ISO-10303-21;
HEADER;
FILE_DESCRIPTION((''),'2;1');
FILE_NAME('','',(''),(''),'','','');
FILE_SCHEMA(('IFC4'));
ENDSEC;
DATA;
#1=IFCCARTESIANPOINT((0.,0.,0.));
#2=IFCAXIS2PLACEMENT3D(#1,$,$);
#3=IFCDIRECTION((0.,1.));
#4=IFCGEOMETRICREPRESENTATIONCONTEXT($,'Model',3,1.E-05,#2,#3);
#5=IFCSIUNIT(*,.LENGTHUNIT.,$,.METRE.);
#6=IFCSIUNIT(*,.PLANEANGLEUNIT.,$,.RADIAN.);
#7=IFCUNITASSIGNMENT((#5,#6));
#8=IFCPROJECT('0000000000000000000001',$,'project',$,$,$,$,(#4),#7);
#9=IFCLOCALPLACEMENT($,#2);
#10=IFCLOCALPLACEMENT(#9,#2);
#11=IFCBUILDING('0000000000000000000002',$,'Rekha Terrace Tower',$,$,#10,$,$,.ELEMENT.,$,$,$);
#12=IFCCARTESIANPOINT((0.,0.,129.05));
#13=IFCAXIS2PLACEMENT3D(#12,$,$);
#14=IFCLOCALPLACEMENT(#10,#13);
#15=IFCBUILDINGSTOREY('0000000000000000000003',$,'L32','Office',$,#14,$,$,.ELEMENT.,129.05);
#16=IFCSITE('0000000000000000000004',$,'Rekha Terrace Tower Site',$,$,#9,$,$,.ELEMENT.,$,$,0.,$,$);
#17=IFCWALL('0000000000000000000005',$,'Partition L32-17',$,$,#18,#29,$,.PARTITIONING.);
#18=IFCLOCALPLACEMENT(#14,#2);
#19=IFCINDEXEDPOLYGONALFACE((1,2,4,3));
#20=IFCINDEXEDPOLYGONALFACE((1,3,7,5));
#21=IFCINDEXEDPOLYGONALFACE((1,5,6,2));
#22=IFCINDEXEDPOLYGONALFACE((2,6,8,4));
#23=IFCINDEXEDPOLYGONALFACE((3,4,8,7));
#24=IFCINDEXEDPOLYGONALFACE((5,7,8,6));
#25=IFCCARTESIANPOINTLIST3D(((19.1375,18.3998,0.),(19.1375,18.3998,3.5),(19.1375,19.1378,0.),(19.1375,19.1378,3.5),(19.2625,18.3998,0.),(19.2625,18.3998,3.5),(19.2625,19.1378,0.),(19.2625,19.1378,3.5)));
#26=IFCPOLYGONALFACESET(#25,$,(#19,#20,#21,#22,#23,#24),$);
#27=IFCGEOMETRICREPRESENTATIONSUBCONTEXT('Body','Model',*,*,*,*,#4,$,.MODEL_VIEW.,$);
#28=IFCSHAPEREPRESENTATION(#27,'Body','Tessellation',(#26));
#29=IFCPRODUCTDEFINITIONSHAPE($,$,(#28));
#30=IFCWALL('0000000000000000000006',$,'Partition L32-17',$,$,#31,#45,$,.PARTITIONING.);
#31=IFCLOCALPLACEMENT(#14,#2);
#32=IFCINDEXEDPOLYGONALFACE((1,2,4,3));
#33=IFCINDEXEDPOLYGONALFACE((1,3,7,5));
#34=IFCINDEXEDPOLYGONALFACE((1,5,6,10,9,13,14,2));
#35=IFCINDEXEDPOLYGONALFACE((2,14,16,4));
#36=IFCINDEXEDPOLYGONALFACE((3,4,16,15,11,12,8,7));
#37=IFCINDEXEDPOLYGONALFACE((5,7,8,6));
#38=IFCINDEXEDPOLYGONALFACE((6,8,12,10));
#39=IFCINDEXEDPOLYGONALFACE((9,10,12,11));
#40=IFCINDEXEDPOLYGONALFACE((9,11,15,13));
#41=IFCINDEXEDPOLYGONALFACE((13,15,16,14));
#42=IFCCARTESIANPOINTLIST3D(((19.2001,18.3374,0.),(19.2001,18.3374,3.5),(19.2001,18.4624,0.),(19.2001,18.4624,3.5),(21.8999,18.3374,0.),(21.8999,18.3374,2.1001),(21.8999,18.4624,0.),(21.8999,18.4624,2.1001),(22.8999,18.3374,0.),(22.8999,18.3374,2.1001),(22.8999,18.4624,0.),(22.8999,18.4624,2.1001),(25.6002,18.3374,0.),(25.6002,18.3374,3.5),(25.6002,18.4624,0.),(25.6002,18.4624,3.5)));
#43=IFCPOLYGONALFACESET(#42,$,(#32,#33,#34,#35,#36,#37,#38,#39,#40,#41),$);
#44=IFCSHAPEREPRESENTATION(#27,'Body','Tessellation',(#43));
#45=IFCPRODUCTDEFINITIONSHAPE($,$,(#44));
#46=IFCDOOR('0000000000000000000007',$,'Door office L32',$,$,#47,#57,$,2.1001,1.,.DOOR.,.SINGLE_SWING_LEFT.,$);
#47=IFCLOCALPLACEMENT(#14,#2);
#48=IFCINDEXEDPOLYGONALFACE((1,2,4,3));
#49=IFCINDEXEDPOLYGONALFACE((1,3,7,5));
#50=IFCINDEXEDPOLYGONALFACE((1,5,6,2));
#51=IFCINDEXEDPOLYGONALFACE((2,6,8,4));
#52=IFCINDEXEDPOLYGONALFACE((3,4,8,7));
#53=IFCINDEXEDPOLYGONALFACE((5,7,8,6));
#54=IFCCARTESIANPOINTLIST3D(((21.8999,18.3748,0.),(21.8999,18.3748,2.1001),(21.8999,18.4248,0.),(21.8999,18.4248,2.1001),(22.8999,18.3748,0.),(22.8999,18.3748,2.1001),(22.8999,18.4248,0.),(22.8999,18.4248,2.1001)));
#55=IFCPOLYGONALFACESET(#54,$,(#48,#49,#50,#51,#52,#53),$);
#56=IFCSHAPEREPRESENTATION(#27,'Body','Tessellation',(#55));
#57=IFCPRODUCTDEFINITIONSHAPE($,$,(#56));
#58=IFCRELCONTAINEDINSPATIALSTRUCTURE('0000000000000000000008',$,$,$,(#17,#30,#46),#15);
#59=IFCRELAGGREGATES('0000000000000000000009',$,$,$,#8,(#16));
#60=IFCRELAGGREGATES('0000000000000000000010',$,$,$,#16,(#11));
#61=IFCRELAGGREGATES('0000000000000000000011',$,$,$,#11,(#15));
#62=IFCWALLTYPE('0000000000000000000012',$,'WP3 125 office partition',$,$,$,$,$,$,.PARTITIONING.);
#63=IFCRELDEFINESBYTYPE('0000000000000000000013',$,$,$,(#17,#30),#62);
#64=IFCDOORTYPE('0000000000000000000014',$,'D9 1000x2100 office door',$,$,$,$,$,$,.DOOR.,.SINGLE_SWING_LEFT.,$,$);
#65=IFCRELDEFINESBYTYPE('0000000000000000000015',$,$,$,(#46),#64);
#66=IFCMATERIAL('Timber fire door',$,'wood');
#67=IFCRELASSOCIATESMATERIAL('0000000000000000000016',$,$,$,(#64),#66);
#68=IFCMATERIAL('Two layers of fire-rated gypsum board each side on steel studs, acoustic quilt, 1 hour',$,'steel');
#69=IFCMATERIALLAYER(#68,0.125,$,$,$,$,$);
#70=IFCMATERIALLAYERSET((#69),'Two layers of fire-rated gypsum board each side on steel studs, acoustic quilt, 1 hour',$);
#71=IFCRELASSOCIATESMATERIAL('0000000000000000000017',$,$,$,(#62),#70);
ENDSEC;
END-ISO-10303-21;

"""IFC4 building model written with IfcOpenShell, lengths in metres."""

from ifc_helpers import new_model, si_unit, direction, frame, frame_2d, origin, place, context, subcontext, project, spatial, rectangle, extrude, material, layer, layer_set, type_object, element, fill, save


model = new_model("IFC4")

# Units and contexts
model_context = context("Model", 3, precision=1e-05, world=origin(), true_north=direction((0.0, 1.0)))
body_context = subcontext(model_context, "Body", "Model", "MODEL_VIEW")
ifc_project = project(units=[si_unit("LENGTHUNIT", "METRE"), si_unit("PLANEANGLEUNIT", "RADIAN")], contexts=[model_context])

# Site, building, storey
site_placement = place(None, origin())
site = spatial("IfcSite", under=ifc_project, at=site_placement, Name="Rekha Terrace Tower Site", CompositionType="ELEMENT", RefElevation=0.0)
building_placement = place(site_placement, origin())
building = spatial("IfcBuilding", under=site, at=building_placement, Name="Rekha Terrace Tower", CompositionType="ELEMENT")
storey_placement = place(building_placement, frame((0.0, 0.0, 129.05)))
storey = spatial("IfcBuildingStorey", under=building, at=storey_placement, Name="L32", Description="Office", CompositionType="ELEMENT", Elevation=129.05)

# Shared definitions
ifc_material_1 = material(Name="Timber fire door", Category="wood")
door_type = type_object("IfcDoorType", Name="D9 1000x2100 office door", OperationType="SINGLE_SWING_LEFT", PredefinedType="DOOR", material=ifc_material_1)

# Wall
ifc_material_2 = material(Name="Two layers of fire-rated gypsum board each side on steel studs, acoustic quilt, 1 hour", Category="steel")
ifc_layer_1 = layer(ifc_material_2, 0.125)
ifc_layer_set_1 = layer_set([ifc_layer_1], Name="Two layers of fire-rated gypsum board each side on steel studs, acoustic quilt, 1 hour")
wall_type_1 = type_object("IfcWallType", Name="WP3 125 office partition", PredefinedType="PARTITIONING", material=ifc_layer_set_1)
wall_1_placement = place(storey_placement, frame((19.2, 19.1379, 0.0), z_axis=(0.0, 0.0, 1.0), x_axis=(0.0, -1.0, 0.0)))
element("IfcWall", 1, at=wall_1_placement, inside=storey, type_object=wall_type_1, Name="Partition L32-17", PredefinedType="PARTITIONING", context=body_context, shape_type="SweptSolid", body=[
    extrude(rectangle(XDim=0.738, YDim=0.125, at=frame_2d((0.3691, 0.0))), origin(), (0.0, 0.0, 1.0), 3.5),
])

# Wall, opening, door
wall_2_placement = place(storey_placement, frame((19.2, 18.3999, 0.0), z_axis=(0.0, 0.0, 1.0), x_axis=(1.0, 0.0, 0.0)))
wall_2 = element("IfcWall", 2, at=wall_2_placement, inside=storey, type_object=wall_type_1, Name="Partition L32-17", PredefinedType="PARTITIONING", context=body_context, shape_type="SweptSolid", body=[
    extrude(rectangle(XDim=6.4001, YDim=0.125, at=frame_2d((3.2002, 0.0))), origin(), (0.0, 0.0, 1.0), 3.5),
])
opening_1_placement = place(wall_2_placement, frame((2.7, 0.0, 0.0)))
opening_1 = element("IfcOpeningElement", 3, at=opening_1_placement, cuts=wall_2, PredefinedType="OPENING", context=body_context, shape_type="SweptSolid", body=[
    extrude(rectangle(XDim=1.0, YDim=2.1001, at=frame_2d((0.5, 1.05))), frame((0.0, 0.0725, 0.0), z_axis=(0.0, -1.0, 0.0), x_axis=(1.0, 0.0, 0.0)), (0.0, 0.0, 1.0), 0.145),
])
door_1_placement = place(opening_1_placement, origin())
door_1 = element("IfcDoor", 4, at=door_1_placement, inside=storey, type_object=door_type, Name="Door office L32", OperationType="SINGLE_SWING_LEFT", OverallHeight=2.1001, OverallWidth=1.0, PredefinedType="DOOR", context=body_context, shape_type="SweptSolid", body=[
    extrude(rectangle(XDim=1.0, YDim=2.1001, at=frame_2d((0.5, 1.05))), frame((0.0, 0.0249, 0.0), z_axis=(0.0, -1.0, 0.0), x_axis=(1.0, 0.0, 0.0)), (0.0, 0.0, 1.0), 0.05),
])
fill(opening_1, door_1)

save(model, "model.ifc")
